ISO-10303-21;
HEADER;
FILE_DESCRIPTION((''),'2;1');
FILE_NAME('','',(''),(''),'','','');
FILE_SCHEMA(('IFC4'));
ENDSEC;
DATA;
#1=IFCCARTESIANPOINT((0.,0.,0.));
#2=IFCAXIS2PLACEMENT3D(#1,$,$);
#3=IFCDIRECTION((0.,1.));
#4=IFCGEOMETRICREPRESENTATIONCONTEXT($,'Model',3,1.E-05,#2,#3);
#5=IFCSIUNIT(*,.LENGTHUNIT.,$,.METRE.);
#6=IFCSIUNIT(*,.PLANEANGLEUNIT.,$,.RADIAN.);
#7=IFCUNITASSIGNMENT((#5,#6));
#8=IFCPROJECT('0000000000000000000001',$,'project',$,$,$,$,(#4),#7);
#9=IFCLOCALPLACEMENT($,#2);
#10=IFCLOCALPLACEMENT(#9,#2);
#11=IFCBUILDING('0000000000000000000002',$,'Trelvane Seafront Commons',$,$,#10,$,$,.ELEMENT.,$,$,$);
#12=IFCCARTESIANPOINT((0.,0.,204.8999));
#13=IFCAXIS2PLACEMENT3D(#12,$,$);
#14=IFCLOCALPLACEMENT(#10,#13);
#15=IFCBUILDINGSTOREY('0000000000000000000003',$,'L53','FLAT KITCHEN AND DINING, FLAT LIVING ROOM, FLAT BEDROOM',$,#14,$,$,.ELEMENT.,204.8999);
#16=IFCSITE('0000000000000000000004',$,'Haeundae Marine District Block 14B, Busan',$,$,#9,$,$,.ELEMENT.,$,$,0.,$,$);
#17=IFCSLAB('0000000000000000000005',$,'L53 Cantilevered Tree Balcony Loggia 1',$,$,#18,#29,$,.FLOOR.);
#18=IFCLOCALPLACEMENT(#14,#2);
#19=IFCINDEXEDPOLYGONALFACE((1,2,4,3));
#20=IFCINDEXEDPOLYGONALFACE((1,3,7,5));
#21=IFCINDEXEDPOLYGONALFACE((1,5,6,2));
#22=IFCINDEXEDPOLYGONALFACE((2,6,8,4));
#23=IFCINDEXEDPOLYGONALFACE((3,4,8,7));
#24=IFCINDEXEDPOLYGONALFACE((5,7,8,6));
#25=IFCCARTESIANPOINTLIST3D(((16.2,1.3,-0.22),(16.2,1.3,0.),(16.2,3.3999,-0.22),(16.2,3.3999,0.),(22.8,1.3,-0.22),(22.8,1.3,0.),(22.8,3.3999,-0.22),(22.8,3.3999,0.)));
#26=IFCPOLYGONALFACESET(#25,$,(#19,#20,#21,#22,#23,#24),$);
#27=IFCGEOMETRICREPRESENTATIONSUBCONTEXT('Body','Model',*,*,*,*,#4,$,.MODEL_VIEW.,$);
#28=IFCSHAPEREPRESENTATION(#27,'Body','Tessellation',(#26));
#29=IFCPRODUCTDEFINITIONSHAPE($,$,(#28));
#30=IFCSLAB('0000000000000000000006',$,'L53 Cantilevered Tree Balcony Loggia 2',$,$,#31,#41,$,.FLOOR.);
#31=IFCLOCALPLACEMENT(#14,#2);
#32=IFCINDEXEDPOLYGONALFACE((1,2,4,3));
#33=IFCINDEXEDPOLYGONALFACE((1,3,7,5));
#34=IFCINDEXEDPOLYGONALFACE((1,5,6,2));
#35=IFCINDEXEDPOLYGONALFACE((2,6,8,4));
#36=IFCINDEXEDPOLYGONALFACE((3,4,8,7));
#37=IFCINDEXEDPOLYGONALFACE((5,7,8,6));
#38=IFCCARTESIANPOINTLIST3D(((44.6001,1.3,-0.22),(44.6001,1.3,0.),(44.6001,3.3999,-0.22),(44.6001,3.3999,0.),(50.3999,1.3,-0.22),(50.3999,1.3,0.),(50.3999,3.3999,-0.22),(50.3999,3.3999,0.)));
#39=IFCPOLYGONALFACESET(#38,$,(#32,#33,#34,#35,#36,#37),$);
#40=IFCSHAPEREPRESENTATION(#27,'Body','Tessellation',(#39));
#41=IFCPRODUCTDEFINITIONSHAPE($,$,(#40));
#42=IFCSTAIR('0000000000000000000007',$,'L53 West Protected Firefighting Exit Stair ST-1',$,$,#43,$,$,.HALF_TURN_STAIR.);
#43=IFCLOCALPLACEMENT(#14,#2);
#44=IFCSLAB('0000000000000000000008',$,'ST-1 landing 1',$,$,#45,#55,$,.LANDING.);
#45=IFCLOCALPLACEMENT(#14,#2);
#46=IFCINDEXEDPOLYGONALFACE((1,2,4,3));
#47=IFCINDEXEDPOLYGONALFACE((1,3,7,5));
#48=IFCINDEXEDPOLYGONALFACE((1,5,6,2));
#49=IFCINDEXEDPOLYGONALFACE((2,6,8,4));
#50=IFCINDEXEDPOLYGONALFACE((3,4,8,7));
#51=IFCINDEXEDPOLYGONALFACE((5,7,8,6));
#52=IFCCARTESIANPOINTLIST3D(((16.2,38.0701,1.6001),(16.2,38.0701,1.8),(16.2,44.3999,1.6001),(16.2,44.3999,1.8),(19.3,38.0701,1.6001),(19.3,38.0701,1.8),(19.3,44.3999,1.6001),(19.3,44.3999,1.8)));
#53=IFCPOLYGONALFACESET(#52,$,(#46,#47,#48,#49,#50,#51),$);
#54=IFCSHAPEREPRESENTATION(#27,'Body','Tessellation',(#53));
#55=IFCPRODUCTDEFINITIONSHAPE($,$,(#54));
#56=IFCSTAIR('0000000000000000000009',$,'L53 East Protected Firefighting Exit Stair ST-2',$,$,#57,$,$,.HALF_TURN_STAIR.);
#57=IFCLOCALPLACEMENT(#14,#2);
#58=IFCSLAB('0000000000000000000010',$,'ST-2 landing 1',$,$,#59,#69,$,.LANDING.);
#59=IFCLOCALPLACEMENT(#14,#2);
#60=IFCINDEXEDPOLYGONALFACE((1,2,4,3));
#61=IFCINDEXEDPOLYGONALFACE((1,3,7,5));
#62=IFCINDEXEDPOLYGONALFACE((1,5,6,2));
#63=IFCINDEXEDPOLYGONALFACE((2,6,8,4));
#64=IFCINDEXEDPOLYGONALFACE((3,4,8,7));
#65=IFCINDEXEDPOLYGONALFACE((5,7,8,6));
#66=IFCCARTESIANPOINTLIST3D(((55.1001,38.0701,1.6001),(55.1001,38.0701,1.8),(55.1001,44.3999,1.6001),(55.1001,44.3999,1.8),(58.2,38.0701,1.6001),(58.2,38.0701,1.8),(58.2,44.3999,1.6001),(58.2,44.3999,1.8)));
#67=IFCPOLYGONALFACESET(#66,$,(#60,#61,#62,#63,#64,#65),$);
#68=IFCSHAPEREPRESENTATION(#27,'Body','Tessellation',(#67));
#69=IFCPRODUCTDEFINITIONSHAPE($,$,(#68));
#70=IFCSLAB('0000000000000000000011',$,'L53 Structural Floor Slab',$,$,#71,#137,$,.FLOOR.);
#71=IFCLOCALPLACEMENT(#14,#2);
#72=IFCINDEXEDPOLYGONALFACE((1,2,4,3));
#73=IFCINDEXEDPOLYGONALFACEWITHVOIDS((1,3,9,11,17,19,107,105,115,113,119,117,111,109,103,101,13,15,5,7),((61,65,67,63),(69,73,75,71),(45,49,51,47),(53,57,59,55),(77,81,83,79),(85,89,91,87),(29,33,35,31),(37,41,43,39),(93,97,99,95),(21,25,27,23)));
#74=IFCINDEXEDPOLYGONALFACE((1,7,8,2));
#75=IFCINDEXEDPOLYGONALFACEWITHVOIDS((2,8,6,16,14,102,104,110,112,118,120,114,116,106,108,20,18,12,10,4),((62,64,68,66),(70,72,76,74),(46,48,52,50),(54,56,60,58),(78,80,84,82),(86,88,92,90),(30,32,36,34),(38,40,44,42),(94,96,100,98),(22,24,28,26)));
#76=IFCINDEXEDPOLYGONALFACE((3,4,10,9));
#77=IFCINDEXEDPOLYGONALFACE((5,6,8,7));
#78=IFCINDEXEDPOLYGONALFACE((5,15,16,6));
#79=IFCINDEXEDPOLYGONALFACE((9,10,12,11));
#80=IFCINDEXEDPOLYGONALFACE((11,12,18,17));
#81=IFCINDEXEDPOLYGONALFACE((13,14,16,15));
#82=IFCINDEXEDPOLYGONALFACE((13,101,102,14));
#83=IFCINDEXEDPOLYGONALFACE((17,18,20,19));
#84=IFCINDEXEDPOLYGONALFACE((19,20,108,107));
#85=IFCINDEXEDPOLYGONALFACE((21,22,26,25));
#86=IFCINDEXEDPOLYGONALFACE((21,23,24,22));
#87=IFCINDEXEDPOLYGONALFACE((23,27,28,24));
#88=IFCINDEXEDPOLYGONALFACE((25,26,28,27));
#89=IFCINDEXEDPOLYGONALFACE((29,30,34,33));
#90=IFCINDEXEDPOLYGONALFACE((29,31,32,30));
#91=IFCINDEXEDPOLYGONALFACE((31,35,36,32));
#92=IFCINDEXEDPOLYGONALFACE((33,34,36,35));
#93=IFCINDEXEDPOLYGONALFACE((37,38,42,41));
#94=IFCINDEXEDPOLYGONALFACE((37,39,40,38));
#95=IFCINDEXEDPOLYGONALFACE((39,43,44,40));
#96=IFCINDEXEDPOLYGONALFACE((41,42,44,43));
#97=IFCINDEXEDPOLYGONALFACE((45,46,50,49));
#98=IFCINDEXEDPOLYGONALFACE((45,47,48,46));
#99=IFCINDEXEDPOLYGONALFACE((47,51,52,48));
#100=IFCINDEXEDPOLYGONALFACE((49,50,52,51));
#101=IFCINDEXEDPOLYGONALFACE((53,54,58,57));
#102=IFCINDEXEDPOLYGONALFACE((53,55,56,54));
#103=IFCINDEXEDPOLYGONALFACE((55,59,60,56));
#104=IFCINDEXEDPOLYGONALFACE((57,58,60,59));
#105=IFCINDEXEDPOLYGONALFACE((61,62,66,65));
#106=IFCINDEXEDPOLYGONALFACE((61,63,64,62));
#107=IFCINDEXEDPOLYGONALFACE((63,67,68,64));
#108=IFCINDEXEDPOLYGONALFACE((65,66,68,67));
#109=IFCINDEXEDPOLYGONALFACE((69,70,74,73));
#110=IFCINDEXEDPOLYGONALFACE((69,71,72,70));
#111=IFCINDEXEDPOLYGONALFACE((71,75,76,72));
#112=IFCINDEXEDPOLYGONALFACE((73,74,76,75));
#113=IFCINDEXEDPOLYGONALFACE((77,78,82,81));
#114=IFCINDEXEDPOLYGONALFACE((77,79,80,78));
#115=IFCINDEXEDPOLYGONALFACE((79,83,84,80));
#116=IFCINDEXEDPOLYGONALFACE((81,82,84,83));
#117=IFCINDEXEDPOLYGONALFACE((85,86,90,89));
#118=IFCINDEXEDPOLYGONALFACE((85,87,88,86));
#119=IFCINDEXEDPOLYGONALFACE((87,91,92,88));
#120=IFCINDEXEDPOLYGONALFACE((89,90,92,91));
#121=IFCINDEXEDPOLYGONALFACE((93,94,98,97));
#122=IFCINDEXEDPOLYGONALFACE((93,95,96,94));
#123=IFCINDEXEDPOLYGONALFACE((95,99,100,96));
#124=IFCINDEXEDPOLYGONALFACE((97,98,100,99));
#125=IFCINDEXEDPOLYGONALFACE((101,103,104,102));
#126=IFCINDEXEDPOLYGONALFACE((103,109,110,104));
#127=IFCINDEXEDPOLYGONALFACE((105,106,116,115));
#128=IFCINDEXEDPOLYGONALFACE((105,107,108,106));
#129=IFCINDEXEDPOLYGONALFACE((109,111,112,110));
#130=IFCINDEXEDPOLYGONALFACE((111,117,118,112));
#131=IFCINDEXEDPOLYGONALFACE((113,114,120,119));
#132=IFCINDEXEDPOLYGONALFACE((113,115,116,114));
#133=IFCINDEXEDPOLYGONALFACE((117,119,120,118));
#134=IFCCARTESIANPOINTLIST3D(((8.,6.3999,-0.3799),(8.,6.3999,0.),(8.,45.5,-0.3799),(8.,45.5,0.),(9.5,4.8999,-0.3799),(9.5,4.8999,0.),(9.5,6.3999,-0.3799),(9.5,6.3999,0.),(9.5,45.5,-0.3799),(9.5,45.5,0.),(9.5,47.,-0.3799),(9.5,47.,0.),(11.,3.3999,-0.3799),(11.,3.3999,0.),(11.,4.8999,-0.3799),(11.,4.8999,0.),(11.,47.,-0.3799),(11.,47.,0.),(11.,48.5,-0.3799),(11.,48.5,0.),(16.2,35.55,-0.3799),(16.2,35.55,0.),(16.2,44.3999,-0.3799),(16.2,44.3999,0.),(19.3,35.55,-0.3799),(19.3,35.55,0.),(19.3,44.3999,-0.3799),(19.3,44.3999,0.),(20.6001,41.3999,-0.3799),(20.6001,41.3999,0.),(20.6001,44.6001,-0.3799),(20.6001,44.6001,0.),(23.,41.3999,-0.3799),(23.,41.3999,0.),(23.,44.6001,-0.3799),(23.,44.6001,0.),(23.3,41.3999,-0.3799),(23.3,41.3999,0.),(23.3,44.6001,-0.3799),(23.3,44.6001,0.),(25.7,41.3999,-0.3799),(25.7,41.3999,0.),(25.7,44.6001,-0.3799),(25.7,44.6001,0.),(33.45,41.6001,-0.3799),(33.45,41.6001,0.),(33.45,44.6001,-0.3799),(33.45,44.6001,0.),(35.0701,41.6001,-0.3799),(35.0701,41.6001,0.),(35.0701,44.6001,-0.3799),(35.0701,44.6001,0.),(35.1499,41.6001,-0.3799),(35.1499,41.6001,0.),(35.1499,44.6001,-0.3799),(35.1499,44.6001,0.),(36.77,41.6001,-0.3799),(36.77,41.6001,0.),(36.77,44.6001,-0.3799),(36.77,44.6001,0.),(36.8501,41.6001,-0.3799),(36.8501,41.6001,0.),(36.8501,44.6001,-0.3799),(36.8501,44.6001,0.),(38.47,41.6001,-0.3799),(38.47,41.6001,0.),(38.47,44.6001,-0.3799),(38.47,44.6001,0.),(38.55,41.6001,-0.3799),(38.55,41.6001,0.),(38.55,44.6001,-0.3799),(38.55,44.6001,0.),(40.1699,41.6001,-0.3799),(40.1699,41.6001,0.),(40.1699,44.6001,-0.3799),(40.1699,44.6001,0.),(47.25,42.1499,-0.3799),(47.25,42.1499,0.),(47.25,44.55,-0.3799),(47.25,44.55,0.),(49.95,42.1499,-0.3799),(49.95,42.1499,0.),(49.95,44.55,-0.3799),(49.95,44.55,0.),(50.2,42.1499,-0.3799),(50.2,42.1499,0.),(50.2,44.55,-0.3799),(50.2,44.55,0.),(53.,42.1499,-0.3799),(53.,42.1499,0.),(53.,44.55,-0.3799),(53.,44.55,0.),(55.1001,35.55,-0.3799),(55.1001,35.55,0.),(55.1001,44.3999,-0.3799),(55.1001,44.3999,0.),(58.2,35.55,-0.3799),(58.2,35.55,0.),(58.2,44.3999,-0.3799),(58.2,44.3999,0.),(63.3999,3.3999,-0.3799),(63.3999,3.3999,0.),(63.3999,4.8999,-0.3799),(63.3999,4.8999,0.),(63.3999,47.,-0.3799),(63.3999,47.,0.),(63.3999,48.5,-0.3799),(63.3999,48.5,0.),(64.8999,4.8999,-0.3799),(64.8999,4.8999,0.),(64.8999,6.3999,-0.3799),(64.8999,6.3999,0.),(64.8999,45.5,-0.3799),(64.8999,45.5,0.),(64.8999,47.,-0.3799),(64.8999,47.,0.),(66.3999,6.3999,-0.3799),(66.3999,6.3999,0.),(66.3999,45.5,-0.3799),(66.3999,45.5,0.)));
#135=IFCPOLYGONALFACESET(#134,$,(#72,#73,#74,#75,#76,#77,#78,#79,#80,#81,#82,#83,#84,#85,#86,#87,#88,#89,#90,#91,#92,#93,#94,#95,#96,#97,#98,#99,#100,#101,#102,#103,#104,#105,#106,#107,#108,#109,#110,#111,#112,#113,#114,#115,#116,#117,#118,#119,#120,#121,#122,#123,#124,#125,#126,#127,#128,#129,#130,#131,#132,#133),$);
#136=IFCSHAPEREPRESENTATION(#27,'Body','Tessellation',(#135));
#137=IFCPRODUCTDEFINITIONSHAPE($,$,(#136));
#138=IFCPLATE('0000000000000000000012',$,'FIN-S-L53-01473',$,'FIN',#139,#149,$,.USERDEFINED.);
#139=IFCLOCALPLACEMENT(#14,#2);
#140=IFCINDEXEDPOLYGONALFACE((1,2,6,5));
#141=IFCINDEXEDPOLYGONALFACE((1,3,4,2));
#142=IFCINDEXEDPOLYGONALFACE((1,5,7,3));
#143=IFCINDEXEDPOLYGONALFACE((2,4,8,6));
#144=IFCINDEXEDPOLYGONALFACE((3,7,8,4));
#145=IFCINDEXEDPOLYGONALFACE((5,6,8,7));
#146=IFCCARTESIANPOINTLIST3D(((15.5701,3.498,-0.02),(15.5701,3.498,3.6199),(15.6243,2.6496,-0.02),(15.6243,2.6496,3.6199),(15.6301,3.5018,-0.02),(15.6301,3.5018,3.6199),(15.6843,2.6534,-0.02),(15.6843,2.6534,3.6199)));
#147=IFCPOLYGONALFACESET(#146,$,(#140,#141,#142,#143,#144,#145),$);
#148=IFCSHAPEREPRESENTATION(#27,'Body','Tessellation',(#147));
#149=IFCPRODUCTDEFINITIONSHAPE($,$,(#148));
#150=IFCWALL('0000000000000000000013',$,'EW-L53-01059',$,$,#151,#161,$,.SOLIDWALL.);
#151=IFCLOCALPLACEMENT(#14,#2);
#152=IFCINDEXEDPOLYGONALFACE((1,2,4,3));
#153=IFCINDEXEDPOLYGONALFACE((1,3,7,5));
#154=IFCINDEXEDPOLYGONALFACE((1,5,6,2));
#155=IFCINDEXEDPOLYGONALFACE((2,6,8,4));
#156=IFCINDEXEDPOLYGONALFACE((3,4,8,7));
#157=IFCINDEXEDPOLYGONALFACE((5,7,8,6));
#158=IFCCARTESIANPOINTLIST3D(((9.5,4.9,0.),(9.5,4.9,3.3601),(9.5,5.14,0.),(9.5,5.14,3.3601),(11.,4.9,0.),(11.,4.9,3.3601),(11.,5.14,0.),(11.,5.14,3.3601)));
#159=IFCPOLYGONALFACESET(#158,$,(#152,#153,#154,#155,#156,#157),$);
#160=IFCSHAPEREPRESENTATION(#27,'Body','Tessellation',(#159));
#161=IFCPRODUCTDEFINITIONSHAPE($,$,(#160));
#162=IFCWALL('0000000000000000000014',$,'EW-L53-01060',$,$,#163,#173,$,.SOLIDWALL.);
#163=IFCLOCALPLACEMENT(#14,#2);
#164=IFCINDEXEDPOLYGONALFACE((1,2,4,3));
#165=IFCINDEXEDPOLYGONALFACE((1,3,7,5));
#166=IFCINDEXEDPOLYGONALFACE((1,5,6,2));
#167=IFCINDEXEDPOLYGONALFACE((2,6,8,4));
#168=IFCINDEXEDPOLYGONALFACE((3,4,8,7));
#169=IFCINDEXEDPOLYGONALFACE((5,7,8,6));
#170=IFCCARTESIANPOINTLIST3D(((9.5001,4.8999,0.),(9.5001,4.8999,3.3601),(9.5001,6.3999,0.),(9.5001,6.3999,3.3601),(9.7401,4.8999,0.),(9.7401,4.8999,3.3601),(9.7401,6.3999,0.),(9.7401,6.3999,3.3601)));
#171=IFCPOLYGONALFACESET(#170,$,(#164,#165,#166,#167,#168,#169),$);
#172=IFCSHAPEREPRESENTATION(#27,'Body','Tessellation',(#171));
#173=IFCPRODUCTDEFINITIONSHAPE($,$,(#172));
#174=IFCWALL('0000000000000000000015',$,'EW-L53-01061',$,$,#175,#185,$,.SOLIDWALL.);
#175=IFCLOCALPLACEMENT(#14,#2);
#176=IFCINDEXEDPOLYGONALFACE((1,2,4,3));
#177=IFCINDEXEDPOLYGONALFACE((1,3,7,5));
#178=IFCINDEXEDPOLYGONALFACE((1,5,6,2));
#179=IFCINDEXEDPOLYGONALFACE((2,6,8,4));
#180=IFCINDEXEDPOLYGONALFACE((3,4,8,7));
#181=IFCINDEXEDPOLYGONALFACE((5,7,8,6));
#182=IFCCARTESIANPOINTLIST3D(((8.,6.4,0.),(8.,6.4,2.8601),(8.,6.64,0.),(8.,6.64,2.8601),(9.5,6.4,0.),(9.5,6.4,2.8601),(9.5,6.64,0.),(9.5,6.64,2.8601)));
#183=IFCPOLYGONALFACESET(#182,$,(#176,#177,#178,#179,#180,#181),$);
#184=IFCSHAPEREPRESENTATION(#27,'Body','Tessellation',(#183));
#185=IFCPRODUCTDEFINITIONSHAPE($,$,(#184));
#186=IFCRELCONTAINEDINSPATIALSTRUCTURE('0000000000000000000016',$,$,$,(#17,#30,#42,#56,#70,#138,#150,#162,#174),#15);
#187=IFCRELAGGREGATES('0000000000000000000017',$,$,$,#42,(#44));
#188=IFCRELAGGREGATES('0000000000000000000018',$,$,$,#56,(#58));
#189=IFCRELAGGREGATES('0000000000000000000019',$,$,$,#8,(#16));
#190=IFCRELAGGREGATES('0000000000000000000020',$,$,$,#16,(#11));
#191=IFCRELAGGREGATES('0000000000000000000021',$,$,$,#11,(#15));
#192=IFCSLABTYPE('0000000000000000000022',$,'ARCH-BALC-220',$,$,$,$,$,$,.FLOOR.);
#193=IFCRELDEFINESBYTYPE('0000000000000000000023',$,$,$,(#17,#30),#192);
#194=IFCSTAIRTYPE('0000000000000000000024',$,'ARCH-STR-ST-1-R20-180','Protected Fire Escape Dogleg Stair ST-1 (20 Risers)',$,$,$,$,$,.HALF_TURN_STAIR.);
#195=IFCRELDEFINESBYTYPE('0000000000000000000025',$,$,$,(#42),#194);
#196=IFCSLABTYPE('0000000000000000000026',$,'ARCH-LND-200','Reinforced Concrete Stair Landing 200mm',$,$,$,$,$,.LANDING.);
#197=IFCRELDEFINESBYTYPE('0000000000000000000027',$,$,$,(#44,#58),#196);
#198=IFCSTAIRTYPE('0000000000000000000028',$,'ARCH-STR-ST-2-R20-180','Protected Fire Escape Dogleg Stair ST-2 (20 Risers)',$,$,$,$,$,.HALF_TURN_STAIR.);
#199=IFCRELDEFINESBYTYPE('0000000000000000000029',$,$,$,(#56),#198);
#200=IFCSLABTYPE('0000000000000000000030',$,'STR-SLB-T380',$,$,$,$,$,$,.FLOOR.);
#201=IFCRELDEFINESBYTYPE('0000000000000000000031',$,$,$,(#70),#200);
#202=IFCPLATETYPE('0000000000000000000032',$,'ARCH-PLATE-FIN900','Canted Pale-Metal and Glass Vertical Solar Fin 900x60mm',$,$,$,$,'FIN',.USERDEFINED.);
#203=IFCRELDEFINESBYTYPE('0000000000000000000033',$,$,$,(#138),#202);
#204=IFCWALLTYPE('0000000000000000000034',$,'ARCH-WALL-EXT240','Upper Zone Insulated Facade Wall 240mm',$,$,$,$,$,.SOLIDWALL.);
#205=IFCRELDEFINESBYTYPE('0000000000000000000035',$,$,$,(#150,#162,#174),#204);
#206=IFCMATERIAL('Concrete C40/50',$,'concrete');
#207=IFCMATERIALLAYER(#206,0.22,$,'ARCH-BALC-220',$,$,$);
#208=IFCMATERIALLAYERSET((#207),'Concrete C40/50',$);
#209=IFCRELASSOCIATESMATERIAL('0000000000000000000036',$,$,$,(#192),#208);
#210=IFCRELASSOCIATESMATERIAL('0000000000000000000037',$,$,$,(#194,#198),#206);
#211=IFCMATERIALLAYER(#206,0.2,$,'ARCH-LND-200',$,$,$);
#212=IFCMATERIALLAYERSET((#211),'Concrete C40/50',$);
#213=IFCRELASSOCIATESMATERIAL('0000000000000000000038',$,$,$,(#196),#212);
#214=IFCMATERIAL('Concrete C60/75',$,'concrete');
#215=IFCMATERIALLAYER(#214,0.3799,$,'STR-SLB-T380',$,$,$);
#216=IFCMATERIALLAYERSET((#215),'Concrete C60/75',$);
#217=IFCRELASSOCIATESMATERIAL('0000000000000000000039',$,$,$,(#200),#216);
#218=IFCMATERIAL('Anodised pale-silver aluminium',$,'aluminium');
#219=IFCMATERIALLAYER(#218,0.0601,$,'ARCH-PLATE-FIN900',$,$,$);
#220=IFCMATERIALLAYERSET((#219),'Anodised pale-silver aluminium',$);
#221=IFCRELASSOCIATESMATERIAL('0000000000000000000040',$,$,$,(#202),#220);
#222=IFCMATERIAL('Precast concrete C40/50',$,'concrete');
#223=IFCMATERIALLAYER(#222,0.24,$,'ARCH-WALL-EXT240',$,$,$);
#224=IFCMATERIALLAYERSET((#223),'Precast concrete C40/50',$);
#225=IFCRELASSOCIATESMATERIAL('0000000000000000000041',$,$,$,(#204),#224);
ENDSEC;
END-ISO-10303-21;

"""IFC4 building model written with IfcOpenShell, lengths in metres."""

from ifc_helpers import new_model, si_unit, direction, frame, frame_2d, origin, origin_2d, place, context, subcontext, project, spatial, polyline, rectangle, outline, extrude, source, transform, mapped, material, layer, layer_set, type_object, element, aggregate, save


model = new_model("IFC4")

# Units and contexts
model_context = context("Model", 3, precision=1e-05, world=origin(), true_north=direction((0.0, 1.0)))
body_context = subcontext(model_context, "Body", "Model", "MODEL_VIEW")
ifc_project = project(units=[si_unit("LENGTHUNIT", "METRE"), si_unit("PLANEANGLEUNIT", "RADIAN")], contexts=[model_context])

# Site, building, storey
site_placement = place(None, origin())
site = spatial("IfcSite", under=ifc_project, at=site_placement, Name="Haeundae Marine District Block 14B, Busan", CompositionType="ELEMENT", RefElevation=0.0)
building_placement = place(site_placement, origin())
building = spatial("IfcBuilding", under=site, at=building_placement, Name="Trelvane Seafront Commons", CompositionType="ELEMENT")
storey_placement = place(building_placement, frame((0.0, 0.0, 204.8999)))
storey = spatial("IfcBuildingStorey", under=building, at=storey_placement, Name="L53", Description="FLAT KITCHEN AND DINING, FLAT LIVING ROOM, FLAT BEDROOM", CompositionType="ELEMENT", Elevation=204.8999)

# Slabs
ifc_material_1 = material(Name="Concrete C40/50", Category="concrete")
ifc_layer_1 = layer(ifc_material_1, 0.22, Name="ARCH-BALC-220")
ifc_layer_set_1 = layer_set([ifc_layer_1], Name="Concrete C40/50")
slab_type_1 = type_object("IfcSlabType", Name="ARCH-BALC-220", PredefinedType="FLOOR", material=ifc_layer_set_1)
slab_1_placement = place(storey_placement, frame((0.0, 0.0, -0.22)))
element("IfcSlab", 1, at=slab_1_placement, inside=storey, type_object=slab_type_1, Name="L53 Cantilevered Tree Balcony Loggia 1", PredefinedType="FLOOR", context=body_context, shape_type="SweptSolid", body=[
    extrude(outline(polyline([(16.2, 1.3), (22.8, 1.3), (22.8, 3.3999), (16.2, 3.3999), (16.2, 1.3)])), origin(), (0.0, 0.0, 1.0), 0.22),
])
slab_2_placement = place(storey_placement, frame((0.0, 0.0, -0.22)))
element("IfcSlab", 2, at=slab_2_placement, inside=storey, type_object=slab_type_1, Name="L53 Cantilevered Tree Balcony Loggia 2", PredefinedType="FLOOR", context=body_context, shape_type="SweptSolid", body=[
    extrude(outline(polyline([(44.6001, 1.3), (50.3999, 1.3), (50.3999, 3.3999), (44.6001, 3.3999), (44.6001, 1.3)])), origin(), (0.0, 0.0, 1.0), 0.22),
])

# Stairs, slabs
stair_type_1 = type_object("IfcStairType", Name="ARCH-STR-ST-1-R20-180", Description="Protected Fire Escape Dogleg Stair ST-1 (20 Risers)", PredefinedType="HALF_TURN_STAIR", material=ifc_material_1)
stair_1_placement = place(storey_placement, origin())
stair_1 = element("IfcStair", 3, at=stair_1_placement, inside=storey, type_object=stair_type_1, Name="L53 West Protected Firefighting Exit Stair ST-1", PredefinedType="HALF_TURN_STAIR")
ifc_layer_2 = layer(ifc_material_1, 0.2, Name="ARCH-LND-200")
ifc_layer_set_2 = layer_set([ifc_layer_2], Name="Concrete C40/50")
slab_type_2 = type_object("IfcSlabType", Name="ARCH-LND-200", Description="Reinforced Concrete Stair Landing 200mm", PredefinedType="LANDING", material=ifc_layer_set_2)
slab_3_placement = place(storey_placement, frame((0.0, 0.0, 1.6001)))
slab_3 = element("IfcSlab", 4, at=slab_3_placement, type_object=slab_type_2, Name="ST-1 landing 1", PredefinedType="LANDING", context=body_context, shape_type="SweptSolid", body=[
    extrude(outline(polyline([(19.3, 38.0701), (19.3, 44.3999), (16.2, 44.3999), (16.2, 38.0701), (19.3, 38.0701)])), origin(), (0.0, 0.0, 1.0), 0.2),
])
aggregate(stair_1, [slab_3])
stair_type_2 = type_object("IfcStairType", Name="ARCH-STR-ST-2-R20-180", Description="Protected Fire Escape Dogleg Stair ST-2 (20 Risers)", PredefinedType="HALF_TURN_STAIR", material=ifc_material_1)
stair_2_placement = place(storey_placement, origin())
stair_2 = element("IfcStair", 5, at=stair_2_placement, inside=storey, type_object=stair_type_2, Name="L53 East Protected Firefighting Exit Stair ST-2", PredefinedType="HALF_TURN_STAIR")
slab_4_placement = place(storey_placement, frame((0.0, 0.0, 1.6001)))
slab_4 = element("IfcSlab", 6, at=slab_4_placement, type_object=slab_type_2, Name="ST-2 landing 1", PredefinedType="LANDING", context=body_context, shape_type="SweptSolid", body=[
    extrude(outline(polyline([(58.2, 38.0701), (58.2, 44.3999), (55.1001, 44.3999), (55.1001, 38.0701), (58.2, 38.0701)])), origin(), (0.0, 0.0, 1.0), 0.2),
])
aggregate(stair_2, [slab_4])

# Slab
ifc_material_2 = material(Name="Concrete C60/75", Category="concrete")
ifc_layer_3 = layer(ifc_material_2, 0.3799, Name="STR-SLB-T380")
ifc_layer_set_3 = layer_set([ifc_layer_3], Name="Concrete C60/75")
slab_type_3 = type_object("IfcSlabType", Name="STR-SLB-T380", PredefinedType="FLOOR", material=ifc_layer_set_3)
slab_5_placement = place(storey_placement, frame((0.0, 0.0, -0.3799)))
element("IfcSlab", 7, at=slab_5_placement, inside=storey, type_object=slab_type_3, Name="L53 Structural Floor Slab", PredefinedType="FLOOR", context=body_context, shape_type="SweptSolid", body=[
    extrude(outline(polyline([(11.0, 3.3999), (63.3999, 3.3999), (63.3999, 4.8999), (64.8999, 4.8999), (64.8999, 6.3999), (66.3999, 6.3999), (66.3999, 45.5), (64.8999, 45.5), (64.8999, 47.0), (63.3999, 47.0), (63.3999, 48.5), (11.0, 48.5), (11.0, 47.0), (9.5, 47.0), (9.5, 45.5), (8.0, 45.5), (8.0, 6.3999), (9.5, 6.3999), (9.5, 4.8999), (11.0, 4.8999), (11.0, 3.3999)]), holes=[polyline([(19.3, 35.55), (16.2, 35.55), (16.2, 44.3999), (19.3, 44.3999), (19.3, 35.55)]), polyline([(58.2, 35.55), (55.1001, 35.55), (55.1001, 44.3999), (58.2, 44.3999), (58.2, 35.55)]), polyline([(23.0, 41.3999), (20.6001, 41.3999), (20.6001, 44.6001), (23.0, 44.6001), (23.0, 41.3999)]), polyline([(23.3, 41.3999), (23.3, 44.6001), (25.7, 44.6001), (25.7, 41.3999), (23.3, 41.3999)]), polyline([(33.45, 41.6001), (33.45, 44.6001), (35.0701, 44.6001), (35.0701, 41.6001), (33.45, 41.6001)]), polyline([(36.77, 41.6001), (35.1499, 41.6001), (35.1499, 44.6001), (36.77, 44.6001), (36.77, 41.6001)]), polyline([(38.47, 41.6001), (36.8501, 41.6001), (36.8501, 44.6001), (38.47, 44.6001), (38.47, 41.6001)]), polyline([(40.1699, 41.6001), (38.55, 41.6001), (38.55, 44.6001), (40.1699, 44.6001), (40.1699, 41.6001)]), polyline([(47.25, 42.1499), (47.25, 44.55), (49.95, 44.55), (49.95, 42.1499), (47.25, 42.1499)]), polyline([(50.2, 42.1499), (50.2, 44.55), (53.0, 44.55), (53.0, 42.1499), (50.2, 42.1499)])]), origin(), (0.0, 0.0, 1.0), 0.3799),
])

# Plate
ifc_material_3 = material(Name="Anodised pale-silver aluminium", Category="aluminium")
ifc_layer_4 = layer(ifc_material_3, 0.0601, Name="ARCH-PLATE-FIN900")
ifc_layer_set_4 = layer_set([ifc_layer_4], Name="Anodised pale-silver aluminium")
plate_type = type_object("IfcPlateType", Name="ARCH-PLATE-FIN900", Description="Canted Pale-Metal and Glass Vertical Solar Fin 900x60mm", ElementType="FIN", PredefinedType="USERDEFINED", material=ifc_layer_set_4)
shared_shape_1 = source(origin(), body_context, "Body", "SweptSolid", [
    extrude(rectangle(XDim=0.8501, YDim=0.0601, at=origin_2d()), origin(), (0.0, 0.0, 1.0), 3.6399),
])
plate_placement = place(storey_placement, frame((15.6272, 3.0757, -0.02), z_axis=(0.0, 0.0, 1.0), x_axis=(0.063762, -0.997965, 0.0)))
element("IfcPlate", 8, at=plate_placement, inside=storey, type_object=plate_type, Name="FIN-S-L53-01473", ObjectType="FIN", PredefinedType="USERDEFINED", context=body_context, shape_type="MappedRepresentation", body=[
    mapped(shared_shape_1, transform((0.0, 0.0, 0.0), x_axis=(1.0, 0.0, 0.0), y_axis=(0.0, 1.0, 0.0), z_axis=(0.0, 0.0, 1.0), scale=1.0)),
])

# Walls
ifc_material_4 = material(Name="Precast concrete C40/50", Category="concrete")
ifc_layer_5 = layer(ifc_material_4, 0.24, Name="ARCH-WALL-EXT240")
ifc_layer_set_5 = layer_set([ifc_layer_5], Name="Precast concrete C40/50")
wall_type_1 = type_object("IfcWallType", Name="ARCH-WALL-EXT240", Description="Upper Zone Insulated Facade Wall 240mm", PredefinedType="SOLIDWALL", material=ifc_layer_set_5)
for number, where, z_axis, x_axis, name in (
    (9, (11.0, 5.02, 0.0), (0.0, 0.0, 1.0), (-1.0, 0.0, 0.0), "EW-L53-01059"),
    (10, (9.6201, 4.8999, 0.0), (0.0, 0.0, 1.0), (0.0, 1.0, 0.0), "EW-L53-01060"),
):
    element("IfcWall", number, at=place(storey_placement, frame(where, z_axis=z_axis, x_axis=x_axis)), inside=storey, type_object=wall_type_1, Name=name, PredefinedType="SOLIDWALL", context=body_context, shape_type="SweptSolid", body=[
        extrude(rectangle(XDim=1.5, YDim=0.24, at=frame_2d((0.75, 0.0))), origin(), (0.0, 0.0, 1.0), 3.3601),
    ])
wall_1_placement = place(storey_placement, frame((9.5, 6.52, 0.0), z_axis=(0.0, 0.0, 1.0), x_axis=(-1.0, 0.0, 0.0)))
element("IfcWall", 11, at=wall_1_placement, inside=storey, type_object=wall_type_1, Name="EW-L53-01061", PredefinedType="SOLIDWALL", context=body_context, shape_type="SweptSolid", body=[
    extrude(rectangle(XDim=1.5, YDim=0.24, at=frame_2d((0.75, 0.0))), origin(), (0.0, 0.0, 1.0), 2.8601),
])

save(model, "model.ifc")
